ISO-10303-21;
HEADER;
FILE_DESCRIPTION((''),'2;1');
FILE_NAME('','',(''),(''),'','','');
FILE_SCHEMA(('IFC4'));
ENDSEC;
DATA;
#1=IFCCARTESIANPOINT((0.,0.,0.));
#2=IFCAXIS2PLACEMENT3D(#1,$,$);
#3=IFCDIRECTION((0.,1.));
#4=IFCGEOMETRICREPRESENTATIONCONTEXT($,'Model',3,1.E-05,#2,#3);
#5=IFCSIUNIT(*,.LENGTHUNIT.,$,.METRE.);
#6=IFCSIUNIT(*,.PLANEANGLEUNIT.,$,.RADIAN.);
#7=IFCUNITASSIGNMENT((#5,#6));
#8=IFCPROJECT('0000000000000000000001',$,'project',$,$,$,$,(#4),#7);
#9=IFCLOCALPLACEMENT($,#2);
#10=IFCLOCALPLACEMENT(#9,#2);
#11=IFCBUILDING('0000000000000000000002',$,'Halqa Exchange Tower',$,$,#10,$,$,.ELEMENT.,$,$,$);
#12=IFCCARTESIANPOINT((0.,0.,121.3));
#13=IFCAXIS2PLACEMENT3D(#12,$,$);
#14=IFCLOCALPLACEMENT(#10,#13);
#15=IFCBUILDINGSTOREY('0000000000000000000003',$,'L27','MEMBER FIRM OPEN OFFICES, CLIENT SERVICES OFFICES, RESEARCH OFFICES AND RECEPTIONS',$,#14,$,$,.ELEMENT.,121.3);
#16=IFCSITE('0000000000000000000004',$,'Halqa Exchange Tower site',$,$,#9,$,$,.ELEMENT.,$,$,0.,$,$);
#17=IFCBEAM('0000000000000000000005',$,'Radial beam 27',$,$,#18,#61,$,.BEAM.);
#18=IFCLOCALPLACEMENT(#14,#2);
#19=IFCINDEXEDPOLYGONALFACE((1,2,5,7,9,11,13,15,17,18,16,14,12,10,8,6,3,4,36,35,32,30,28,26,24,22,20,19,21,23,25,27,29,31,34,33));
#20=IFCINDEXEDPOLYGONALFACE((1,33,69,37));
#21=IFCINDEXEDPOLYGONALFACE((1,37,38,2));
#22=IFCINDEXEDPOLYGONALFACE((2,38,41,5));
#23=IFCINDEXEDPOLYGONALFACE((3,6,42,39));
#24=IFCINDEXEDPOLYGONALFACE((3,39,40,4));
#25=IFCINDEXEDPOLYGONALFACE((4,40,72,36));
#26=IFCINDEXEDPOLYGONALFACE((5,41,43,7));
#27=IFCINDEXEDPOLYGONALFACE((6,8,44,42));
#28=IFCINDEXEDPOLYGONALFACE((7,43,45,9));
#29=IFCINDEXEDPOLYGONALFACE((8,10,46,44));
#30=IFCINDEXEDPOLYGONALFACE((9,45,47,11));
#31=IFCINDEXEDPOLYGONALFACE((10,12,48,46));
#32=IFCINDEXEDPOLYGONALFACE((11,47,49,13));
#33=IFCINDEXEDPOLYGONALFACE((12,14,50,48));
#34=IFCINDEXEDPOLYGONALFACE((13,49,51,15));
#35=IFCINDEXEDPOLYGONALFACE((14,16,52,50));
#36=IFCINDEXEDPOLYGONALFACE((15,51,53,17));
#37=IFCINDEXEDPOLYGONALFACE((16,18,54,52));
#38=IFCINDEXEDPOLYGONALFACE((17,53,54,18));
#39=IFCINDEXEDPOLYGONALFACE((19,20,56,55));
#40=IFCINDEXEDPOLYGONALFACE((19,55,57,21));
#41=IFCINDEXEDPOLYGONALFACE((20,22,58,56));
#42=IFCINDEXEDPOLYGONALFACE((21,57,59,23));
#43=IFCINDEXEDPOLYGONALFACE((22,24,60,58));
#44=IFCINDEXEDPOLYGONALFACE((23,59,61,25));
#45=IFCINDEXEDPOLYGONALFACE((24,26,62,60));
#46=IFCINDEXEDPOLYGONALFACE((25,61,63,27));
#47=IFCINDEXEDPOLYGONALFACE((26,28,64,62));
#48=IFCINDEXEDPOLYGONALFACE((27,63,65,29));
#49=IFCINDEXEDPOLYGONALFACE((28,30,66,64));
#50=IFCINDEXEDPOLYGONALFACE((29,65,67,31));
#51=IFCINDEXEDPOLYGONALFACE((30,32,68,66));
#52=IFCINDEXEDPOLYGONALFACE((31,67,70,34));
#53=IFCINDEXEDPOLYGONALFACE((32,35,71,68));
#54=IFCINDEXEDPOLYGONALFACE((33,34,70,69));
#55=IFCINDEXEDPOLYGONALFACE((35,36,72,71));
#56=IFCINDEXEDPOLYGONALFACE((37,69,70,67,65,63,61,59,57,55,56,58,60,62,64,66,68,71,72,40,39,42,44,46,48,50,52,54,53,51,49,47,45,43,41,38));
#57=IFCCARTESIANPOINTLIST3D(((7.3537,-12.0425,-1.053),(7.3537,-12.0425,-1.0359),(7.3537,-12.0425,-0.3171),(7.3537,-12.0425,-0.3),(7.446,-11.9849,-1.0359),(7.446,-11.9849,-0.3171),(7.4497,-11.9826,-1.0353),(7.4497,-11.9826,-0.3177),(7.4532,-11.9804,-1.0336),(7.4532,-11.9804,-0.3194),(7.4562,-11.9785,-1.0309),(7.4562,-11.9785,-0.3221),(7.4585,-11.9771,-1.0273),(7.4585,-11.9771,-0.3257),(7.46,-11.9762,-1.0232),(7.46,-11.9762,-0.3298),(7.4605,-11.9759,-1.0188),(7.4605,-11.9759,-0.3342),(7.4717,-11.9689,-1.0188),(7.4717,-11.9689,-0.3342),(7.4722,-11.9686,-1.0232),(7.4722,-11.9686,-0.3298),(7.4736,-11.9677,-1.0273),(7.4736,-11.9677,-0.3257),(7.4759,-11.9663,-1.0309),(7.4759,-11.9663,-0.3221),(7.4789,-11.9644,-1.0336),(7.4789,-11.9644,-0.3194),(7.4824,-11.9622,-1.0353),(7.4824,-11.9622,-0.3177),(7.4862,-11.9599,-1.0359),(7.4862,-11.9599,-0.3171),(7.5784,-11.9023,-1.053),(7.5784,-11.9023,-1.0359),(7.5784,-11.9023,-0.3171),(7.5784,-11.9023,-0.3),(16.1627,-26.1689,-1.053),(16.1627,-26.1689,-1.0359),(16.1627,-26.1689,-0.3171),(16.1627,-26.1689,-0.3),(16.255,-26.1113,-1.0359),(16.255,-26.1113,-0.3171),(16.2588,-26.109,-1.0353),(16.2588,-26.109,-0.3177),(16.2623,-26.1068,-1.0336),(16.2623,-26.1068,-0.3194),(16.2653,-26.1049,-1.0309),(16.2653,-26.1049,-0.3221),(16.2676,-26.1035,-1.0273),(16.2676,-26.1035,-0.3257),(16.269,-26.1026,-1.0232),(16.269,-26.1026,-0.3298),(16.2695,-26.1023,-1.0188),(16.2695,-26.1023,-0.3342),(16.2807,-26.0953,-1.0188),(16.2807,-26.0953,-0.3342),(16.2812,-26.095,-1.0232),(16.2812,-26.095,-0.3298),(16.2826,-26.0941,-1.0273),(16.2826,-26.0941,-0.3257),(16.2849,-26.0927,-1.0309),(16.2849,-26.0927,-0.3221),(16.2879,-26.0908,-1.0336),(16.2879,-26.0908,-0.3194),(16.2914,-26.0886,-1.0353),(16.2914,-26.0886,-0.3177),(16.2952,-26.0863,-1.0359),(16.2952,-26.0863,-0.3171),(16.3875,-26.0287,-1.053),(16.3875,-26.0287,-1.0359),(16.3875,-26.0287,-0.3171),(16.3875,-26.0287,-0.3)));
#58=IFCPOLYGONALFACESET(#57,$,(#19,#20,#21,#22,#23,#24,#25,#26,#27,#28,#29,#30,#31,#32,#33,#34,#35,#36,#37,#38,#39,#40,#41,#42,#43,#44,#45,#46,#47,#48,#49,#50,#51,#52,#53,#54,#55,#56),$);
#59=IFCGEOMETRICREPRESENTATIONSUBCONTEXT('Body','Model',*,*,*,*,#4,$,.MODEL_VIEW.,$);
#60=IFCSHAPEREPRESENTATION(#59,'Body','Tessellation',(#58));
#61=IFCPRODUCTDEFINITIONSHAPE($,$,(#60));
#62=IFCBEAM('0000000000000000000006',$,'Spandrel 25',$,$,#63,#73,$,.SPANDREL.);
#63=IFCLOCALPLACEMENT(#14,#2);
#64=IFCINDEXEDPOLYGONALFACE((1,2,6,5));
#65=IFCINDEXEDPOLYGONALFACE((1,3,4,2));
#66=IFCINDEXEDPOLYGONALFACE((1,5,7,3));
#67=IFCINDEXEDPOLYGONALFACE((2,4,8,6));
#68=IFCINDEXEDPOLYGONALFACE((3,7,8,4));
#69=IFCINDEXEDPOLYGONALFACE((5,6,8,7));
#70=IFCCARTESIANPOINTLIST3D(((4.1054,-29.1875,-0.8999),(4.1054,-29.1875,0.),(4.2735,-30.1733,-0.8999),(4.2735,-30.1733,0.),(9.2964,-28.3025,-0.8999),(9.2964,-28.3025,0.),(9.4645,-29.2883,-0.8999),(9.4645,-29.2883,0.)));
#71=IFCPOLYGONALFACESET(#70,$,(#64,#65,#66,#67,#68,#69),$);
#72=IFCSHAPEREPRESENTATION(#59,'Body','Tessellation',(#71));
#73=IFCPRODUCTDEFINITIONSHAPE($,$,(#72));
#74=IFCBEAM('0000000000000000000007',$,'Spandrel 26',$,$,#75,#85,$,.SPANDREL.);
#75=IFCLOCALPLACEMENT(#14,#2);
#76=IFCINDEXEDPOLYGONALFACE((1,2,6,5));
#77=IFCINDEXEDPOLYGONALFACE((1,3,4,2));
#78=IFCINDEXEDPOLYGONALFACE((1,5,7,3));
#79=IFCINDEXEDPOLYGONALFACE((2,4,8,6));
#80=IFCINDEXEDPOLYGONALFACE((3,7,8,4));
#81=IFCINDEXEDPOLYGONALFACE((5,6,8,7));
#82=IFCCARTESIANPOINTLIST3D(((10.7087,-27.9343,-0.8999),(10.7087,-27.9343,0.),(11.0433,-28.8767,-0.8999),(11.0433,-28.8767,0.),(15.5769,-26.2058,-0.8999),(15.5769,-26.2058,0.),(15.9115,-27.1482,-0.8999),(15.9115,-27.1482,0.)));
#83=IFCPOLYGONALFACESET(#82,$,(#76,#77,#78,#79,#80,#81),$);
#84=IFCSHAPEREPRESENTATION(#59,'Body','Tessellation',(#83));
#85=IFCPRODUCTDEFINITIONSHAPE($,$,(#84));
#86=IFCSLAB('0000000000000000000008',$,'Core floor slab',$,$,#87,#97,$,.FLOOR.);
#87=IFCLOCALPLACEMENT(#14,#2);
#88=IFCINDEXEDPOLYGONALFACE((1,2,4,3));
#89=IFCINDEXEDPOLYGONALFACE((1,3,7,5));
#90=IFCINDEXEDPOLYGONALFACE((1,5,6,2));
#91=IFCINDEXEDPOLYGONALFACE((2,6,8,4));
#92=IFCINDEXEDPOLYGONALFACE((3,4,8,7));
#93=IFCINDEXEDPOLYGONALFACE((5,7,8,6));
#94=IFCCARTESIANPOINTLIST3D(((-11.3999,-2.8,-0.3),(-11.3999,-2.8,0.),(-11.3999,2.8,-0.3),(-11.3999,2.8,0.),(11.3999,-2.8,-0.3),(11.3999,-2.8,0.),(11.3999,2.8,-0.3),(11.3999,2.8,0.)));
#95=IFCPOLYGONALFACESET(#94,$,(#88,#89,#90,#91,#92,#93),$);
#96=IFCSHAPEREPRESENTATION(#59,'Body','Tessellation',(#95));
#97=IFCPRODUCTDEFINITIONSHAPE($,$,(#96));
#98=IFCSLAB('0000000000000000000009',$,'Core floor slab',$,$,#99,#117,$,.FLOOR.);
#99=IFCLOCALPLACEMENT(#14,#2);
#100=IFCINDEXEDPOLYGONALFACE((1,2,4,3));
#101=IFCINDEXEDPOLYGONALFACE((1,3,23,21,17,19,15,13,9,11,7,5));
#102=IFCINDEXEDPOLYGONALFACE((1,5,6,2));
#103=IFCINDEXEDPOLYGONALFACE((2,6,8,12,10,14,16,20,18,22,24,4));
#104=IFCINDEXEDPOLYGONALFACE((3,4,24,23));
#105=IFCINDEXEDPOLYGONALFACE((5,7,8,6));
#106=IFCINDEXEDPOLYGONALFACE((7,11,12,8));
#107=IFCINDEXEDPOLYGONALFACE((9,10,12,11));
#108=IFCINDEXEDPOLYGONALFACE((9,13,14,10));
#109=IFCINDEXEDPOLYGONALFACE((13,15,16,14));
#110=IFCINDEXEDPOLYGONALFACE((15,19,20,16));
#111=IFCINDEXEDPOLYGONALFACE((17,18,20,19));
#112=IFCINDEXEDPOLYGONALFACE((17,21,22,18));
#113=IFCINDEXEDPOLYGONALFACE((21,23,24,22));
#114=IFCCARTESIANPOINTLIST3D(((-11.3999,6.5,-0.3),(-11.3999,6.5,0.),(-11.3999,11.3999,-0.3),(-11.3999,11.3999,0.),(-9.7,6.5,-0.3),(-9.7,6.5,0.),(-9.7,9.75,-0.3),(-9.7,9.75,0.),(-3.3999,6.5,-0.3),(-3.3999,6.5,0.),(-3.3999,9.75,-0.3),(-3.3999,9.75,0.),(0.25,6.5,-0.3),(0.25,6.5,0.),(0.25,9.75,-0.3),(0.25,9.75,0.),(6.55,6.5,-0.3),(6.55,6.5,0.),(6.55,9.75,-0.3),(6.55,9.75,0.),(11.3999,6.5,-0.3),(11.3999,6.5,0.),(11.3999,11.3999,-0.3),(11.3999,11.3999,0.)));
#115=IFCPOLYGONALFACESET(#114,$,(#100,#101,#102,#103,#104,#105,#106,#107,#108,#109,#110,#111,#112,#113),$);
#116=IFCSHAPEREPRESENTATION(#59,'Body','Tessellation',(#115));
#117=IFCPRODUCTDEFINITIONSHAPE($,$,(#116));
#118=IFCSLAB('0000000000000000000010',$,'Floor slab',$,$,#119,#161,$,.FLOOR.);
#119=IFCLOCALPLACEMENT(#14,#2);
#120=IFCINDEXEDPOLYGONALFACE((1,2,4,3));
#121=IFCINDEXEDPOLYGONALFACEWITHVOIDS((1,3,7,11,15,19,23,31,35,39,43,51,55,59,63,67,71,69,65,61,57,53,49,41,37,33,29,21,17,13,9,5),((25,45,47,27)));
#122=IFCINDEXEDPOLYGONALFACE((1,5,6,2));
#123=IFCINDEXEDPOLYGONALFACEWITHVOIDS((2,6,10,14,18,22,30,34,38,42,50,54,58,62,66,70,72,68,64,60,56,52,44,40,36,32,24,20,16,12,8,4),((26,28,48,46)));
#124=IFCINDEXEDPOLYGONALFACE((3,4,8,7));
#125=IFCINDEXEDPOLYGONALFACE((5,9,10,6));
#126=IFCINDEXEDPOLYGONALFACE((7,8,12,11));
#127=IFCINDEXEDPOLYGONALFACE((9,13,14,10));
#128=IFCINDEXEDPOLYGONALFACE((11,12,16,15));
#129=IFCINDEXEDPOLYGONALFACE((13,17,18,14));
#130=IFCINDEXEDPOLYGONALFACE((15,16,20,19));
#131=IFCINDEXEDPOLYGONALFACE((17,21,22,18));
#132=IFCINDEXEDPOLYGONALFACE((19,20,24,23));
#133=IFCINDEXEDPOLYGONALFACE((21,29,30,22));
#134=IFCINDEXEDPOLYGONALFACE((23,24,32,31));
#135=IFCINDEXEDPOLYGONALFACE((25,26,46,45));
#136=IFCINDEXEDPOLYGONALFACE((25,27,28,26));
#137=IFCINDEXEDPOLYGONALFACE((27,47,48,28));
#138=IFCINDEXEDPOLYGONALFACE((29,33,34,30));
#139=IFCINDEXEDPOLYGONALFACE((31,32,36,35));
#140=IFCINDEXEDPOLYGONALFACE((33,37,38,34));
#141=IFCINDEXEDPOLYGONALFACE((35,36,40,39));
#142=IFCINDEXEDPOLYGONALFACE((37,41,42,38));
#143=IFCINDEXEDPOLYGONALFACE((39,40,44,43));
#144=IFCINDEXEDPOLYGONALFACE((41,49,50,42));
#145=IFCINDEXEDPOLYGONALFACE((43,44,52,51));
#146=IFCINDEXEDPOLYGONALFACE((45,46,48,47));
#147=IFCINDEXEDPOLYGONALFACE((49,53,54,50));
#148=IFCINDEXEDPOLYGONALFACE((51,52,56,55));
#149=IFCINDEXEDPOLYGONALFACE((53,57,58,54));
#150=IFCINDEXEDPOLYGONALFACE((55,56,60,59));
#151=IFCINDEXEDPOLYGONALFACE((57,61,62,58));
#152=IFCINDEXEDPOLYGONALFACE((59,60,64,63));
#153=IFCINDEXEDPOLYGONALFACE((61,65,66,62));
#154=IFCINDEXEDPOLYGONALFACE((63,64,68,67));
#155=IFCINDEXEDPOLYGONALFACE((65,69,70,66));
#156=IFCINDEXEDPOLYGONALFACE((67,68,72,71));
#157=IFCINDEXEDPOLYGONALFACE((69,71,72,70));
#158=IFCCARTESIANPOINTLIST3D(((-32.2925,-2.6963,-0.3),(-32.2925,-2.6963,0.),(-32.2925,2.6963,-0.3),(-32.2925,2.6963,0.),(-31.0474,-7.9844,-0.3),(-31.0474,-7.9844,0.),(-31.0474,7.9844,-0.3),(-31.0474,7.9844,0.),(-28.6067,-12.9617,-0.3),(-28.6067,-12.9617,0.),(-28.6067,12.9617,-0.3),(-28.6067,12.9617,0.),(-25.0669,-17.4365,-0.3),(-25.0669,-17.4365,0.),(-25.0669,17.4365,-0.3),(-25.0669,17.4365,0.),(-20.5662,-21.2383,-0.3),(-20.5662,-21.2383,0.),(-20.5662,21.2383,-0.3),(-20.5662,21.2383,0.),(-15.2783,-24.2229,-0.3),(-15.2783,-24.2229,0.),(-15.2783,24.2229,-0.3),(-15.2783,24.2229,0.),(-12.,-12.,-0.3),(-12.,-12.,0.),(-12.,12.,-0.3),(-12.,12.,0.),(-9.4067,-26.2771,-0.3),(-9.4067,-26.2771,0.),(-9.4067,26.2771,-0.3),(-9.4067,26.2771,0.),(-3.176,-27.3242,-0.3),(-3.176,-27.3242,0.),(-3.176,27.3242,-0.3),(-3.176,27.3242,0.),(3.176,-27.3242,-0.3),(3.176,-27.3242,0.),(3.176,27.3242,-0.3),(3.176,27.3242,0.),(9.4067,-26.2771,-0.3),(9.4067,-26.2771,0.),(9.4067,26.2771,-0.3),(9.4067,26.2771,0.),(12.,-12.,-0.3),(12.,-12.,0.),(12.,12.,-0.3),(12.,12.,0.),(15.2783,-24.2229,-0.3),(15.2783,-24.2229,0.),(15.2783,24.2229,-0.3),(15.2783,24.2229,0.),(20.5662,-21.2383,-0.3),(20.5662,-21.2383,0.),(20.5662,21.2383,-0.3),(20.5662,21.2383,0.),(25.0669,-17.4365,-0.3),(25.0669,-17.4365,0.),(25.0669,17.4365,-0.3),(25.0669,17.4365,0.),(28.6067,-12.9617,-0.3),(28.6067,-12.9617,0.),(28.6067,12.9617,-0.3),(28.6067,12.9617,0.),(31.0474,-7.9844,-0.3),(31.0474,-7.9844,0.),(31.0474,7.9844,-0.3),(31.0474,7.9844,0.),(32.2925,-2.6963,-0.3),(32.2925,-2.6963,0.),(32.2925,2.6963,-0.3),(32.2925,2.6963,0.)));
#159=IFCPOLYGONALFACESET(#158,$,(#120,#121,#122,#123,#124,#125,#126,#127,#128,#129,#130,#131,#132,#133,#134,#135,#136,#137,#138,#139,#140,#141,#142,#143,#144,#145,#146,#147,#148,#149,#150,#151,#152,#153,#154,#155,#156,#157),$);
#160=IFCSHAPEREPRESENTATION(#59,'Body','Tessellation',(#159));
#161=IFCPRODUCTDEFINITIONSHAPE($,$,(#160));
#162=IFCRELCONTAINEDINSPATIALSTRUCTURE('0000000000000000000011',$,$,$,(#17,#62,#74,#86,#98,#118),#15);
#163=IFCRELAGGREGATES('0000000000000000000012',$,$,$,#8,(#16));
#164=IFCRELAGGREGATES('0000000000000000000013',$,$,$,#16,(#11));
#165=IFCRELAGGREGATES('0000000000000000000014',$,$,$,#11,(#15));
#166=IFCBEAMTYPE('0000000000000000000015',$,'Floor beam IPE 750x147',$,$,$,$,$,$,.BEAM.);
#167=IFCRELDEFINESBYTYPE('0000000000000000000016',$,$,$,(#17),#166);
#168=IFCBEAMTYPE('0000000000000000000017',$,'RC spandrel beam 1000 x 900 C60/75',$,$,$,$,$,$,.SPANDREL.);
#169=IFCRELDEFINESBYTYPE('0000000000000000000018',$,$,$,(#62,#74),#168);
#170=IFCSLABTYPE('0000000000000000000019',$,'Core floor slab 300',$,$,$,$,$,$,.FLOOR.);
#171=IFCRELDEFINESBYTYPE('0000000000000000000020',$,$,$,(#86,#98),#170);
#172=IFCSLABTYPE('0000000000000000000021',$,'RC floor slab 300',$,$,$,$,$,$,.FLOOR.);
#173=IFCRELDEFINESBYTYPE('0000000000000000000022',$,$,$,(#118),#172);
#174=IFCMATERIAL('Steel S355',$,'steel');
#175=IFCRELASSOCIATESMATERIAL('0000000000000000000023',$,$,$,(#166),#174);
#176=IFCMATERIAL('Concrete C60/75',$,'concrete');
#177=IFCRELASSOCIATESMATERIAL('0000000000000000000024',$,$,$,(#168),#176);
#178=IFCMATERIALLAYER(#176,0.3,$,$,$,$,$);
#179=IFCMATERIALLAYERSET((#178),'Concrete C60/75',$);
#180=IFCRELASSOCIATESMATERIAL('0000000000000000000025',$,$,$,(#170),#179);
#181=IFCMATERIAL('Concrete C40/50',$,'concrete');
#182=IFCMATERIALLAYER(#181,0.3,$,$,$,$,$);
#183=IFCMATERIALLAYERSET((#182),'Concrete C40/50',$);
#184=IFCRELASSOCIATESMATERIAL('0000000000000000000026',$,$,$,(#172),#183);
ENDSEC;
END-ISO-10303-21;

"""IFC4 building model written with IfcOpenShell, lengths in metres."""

from ifc_helpers import new_model, si_unit, direction, frame, origin, origin_2d, place, context, subcontext, project, spatial, polyline, rectangle, i_section, outline, extrude, material, layer, layer_set, material_profile, profile_set, type_object, element, save


model = new_model("IFC4")

# Units and contexts
model_context = context("Model", 3, precision=1e-05, world=origin(), true_north=direction((0.0, 1.0)))
body_context = subcontext(model_context, "Body", "Model", "MODEL_VIEW")
ifc_project = project(units=[si_unit("LENGTHUNIT", "METRE"), si_unit("PLANEANGLEUNIT", "RADIAN")], contexts=[model_context])

# Site, building, storey
site_placement = place(None, origin())
site = spatial("IfcSite", under=ifc_project, at=site_placement, Name="Halqa Exchange Tower site", CompositionType="ELEMENT", RefElevation=0.0)
building_placement = place(site_placement, origin())
building = spatial("IfcBuilding", under=site, at=building_placement, Name="Halqa Exchange Tower", CompositionType="ELEMENT")
storey_placement = place(building_placement, frame((0.0, 0.0, 121.3)))
storey = spatial("IfcBuildingStorey", under=building, at=storey_placement, Name="L27", Description="MEMBER FIRM OPEN OFFICES, CLIENT SERVICES OFFICES, RESEARCH OFFICES AND RECEPTIONS", CompositionType="ELEMENT", Elevation=121.3)

# Beams
ifc_material_1 = material(Name="Steel S355", Category="steel")
ifc_material_profile_1 = material_profile(ifc_material_1, i_section(OverallWidth=0.2649, OverallDepth=0.7529, WebThickness=0.0132, FlangeThickness=0.0171, FilletRadius=0.0171, at=origin_2d()), Name="IPE 750x147")
ifc_profile_set_1 = profile_set([ifc_material_profile_1], Name="Steel S355")
beam_type_1 = type_object("IfcBeamType", Name="Floor beam IPE 750x147", PredefinedType="BEAM", material=ifc_profile_set_1)
beam_1_placement = place(storey_placement, frame((7.4661, -11.9724, -0.6765), z_axis=(0.529137, -0.848537, 0.0), x_axis=(0.848537, 0.529137, 0.0)))
element("IfcBeam", 1, at=beam_1_placement, inside=storey, type_object=beam_type_1, Name="Radial beam 27", PredefinedType="BEAM", context=body_context, shape_type="SweptSolid", body=[
    extrude(i_section(OverallWidth=0.2649, OverallDepth=0.7529, WebThickness=0.0132, FlangeThickness=0.0171, FilletRadius=0.0171, at=origin_2d()), origin(), (0.0, 0.0, 1.0), 16.6479),
])
ifc_material_2 = material(Name="Concrete C60/75", Category="concrete")
ifc_material_profile_2 = material_profile(ifc_material_2, rectangle(XDim=1.0, YDim=0.8999, at=origin_2d()), Name="1000 x 900")
ifc_profile_set_2 = profile_set([ifc_material_profile_2], Name="Concrete C60/75")
beam_type_2 = type_object("IfcBeamType", Name="RC spandrel beam 1000 x 900 C60/75", PredefinedType="SPANDREL", material=ifc_profile_set_2)
beam_2_placement = place(storey_placement, frame((4.1895, -29.6804, -0.45), z_axis=(0.985776, 0.168067, 0.0), x_axis=(-0.168067, 0.985776, 0.0)))
element("IfcBeam", 2, at=beam_2_placement, inside=storey, type_object=beam_type_2, Name="Spandrel 25", PredefinedType="SPANDREL", context=body_context, shape_type="SweptSolid", body=[
    extrude(rectangle(XDim=1.0, YDim=0.8999, at=origin_2d()), origin(), (0.0, 0.0, 1.0), 5.2659),
])
beam_3_placement = place(storey_placement, frame((10.876, -28.4055, -0.45), z_axis=(0.94236, 0.334599, 0.0), x_axis=(-0.334599, 0.94236, 0.0)))
element("IfcBeam", 3, at=beam_3_placement, inside=storey, type_object=beam_type_2, Name="Spandrel 26", PredefinedType="SPANDREL", context=body_context, shape_type="SweptSolid", body=[
    extrude(rectangle(XDim=1.0, YDim=0.8999, at=origin_2d()), origin(), (0.0, 0.0, 1.0), 5.166),
])

# Slabs
ifc_layer_1 = layer(ifc_material_2, 0.3)
ifc_layer_set_1 = layer_set([ifc_layer_1], Name="Concrete C60/75")
slab_type_1 = type_object("IfcSlabType", Name="Core floor slab 300", PredefinedType="FLOOR", material=ifc_layer_set_1)
slab_1_placement = place(storey_placement, frame((0.0, 0.0, -0.3)))
element("IfcSlab", 4, at=slab_1_placement, inside=storey, type_object=slab_type_1, Name="Core floor slab", PredefinedType="FLOOR", context=body_context, shape_type="SweptSolid", body=[
    extrude(outline(polyline([(-11.3999, 2.8), (11.3999, 2.8), (11.3999, -2.8), (-11.3999, -2.8), (-11.3999, 2.8)])), origin(), (0.0, 0.0, 1.0), 0.3),
])
slab_2_placement = place(storey_placement, frame((0.0, 0.0, -0.3)))
element("IfcSlab", 5, at=slab_2_placement, inside=storey, type_object=slab_type_1, Name="Core floor slab", PredefinedType="FLOOR", context=body_context, shape_type="SweptSolid", body=[
    extrude(outline(polyline([(-11.3999, 11.3999), (11.3999, 11.3999), (11.3999, 6.5), (6.55, 6.5), (6.55, 9.75), (0.25, 9.75), (0.25, 6.5), (-3.3999, 6.5), (-3.3999, 9.75), (-9.7, 9.75), (-9.7, 6.5), (-11.3999, 6.5), (-11.3999, 11.3999)])), origin(), (0.0, 0.0, 1.0), 0.3),
])
ifc_material_3 = material(Name="Concrete C40/50", Category="concrete")
ifc_layer_2 = layer(ifc_material_3, 0.3)
ifc_layer_set_2 = layer_set([ifc_layer_2], Name="Concrete C40/50")
slab_type_2 = type_object("IfcSlabType", Name="RC floor slab 300", PredefinedType="FLOOR", material=ifc_layer_set_2)
slab_3_placement = place(storey_placement, frame((0.0, 0.0, -0.3)))
element("IfcSlab", 6, at=slab_3_placement, inside=storey, type_object=slab_type_2, Name="Floor slab", PredefinedType="FLOOR", context=body_context, shape_type="SweptSolid", body=[
    extrude(outline(polyline([(32.2925, 2.6963), (31.0474, 7.9844), (28.6067, 12.9617), (25.0669, 17.4365), (20.5662, 21.2383), (15.2783, 24.2229), (9.4067, 26.2771), (3.176, 27.3242), (-3.176, 27.3242), (-9.4067, 26.2771), (-15.2783, 24.2229), (-20.5662, 21.2383), (-25.0669, 17.4365), (-28.6067, 12.9617), (-31.0474, 7.9844), (-32.2925, 2.6963), (-32.2925, -2.6963), (-31.0474, -7.9844), (-28.6067, -12.9617), (-25.0669, -17.4365), (-20.5662, -21.2383), (-15.2783, -24.2229), (-9.4067, -26.2771), (-3.176, -27.3242), (3.176, -27.3242), (9.4067, -26.2771), (15.2783, -24.2229), (20.5662, -21.2383), (25.0669, -17.4365), (28.6067, -12.9617), (31.0474, -7.9844), (32.2925, -2.6963), (32.2925, 2.6963)]), holes=[polyline([(-12.0, -12.0), (12.0, -12.0), (12.0, 12.0), (-12.0, 12.0), (-12.0, -12.0)])]), origin(), (0.0, 0.0, 1.0), 0.3),
])

save(model, "model.ifc")
